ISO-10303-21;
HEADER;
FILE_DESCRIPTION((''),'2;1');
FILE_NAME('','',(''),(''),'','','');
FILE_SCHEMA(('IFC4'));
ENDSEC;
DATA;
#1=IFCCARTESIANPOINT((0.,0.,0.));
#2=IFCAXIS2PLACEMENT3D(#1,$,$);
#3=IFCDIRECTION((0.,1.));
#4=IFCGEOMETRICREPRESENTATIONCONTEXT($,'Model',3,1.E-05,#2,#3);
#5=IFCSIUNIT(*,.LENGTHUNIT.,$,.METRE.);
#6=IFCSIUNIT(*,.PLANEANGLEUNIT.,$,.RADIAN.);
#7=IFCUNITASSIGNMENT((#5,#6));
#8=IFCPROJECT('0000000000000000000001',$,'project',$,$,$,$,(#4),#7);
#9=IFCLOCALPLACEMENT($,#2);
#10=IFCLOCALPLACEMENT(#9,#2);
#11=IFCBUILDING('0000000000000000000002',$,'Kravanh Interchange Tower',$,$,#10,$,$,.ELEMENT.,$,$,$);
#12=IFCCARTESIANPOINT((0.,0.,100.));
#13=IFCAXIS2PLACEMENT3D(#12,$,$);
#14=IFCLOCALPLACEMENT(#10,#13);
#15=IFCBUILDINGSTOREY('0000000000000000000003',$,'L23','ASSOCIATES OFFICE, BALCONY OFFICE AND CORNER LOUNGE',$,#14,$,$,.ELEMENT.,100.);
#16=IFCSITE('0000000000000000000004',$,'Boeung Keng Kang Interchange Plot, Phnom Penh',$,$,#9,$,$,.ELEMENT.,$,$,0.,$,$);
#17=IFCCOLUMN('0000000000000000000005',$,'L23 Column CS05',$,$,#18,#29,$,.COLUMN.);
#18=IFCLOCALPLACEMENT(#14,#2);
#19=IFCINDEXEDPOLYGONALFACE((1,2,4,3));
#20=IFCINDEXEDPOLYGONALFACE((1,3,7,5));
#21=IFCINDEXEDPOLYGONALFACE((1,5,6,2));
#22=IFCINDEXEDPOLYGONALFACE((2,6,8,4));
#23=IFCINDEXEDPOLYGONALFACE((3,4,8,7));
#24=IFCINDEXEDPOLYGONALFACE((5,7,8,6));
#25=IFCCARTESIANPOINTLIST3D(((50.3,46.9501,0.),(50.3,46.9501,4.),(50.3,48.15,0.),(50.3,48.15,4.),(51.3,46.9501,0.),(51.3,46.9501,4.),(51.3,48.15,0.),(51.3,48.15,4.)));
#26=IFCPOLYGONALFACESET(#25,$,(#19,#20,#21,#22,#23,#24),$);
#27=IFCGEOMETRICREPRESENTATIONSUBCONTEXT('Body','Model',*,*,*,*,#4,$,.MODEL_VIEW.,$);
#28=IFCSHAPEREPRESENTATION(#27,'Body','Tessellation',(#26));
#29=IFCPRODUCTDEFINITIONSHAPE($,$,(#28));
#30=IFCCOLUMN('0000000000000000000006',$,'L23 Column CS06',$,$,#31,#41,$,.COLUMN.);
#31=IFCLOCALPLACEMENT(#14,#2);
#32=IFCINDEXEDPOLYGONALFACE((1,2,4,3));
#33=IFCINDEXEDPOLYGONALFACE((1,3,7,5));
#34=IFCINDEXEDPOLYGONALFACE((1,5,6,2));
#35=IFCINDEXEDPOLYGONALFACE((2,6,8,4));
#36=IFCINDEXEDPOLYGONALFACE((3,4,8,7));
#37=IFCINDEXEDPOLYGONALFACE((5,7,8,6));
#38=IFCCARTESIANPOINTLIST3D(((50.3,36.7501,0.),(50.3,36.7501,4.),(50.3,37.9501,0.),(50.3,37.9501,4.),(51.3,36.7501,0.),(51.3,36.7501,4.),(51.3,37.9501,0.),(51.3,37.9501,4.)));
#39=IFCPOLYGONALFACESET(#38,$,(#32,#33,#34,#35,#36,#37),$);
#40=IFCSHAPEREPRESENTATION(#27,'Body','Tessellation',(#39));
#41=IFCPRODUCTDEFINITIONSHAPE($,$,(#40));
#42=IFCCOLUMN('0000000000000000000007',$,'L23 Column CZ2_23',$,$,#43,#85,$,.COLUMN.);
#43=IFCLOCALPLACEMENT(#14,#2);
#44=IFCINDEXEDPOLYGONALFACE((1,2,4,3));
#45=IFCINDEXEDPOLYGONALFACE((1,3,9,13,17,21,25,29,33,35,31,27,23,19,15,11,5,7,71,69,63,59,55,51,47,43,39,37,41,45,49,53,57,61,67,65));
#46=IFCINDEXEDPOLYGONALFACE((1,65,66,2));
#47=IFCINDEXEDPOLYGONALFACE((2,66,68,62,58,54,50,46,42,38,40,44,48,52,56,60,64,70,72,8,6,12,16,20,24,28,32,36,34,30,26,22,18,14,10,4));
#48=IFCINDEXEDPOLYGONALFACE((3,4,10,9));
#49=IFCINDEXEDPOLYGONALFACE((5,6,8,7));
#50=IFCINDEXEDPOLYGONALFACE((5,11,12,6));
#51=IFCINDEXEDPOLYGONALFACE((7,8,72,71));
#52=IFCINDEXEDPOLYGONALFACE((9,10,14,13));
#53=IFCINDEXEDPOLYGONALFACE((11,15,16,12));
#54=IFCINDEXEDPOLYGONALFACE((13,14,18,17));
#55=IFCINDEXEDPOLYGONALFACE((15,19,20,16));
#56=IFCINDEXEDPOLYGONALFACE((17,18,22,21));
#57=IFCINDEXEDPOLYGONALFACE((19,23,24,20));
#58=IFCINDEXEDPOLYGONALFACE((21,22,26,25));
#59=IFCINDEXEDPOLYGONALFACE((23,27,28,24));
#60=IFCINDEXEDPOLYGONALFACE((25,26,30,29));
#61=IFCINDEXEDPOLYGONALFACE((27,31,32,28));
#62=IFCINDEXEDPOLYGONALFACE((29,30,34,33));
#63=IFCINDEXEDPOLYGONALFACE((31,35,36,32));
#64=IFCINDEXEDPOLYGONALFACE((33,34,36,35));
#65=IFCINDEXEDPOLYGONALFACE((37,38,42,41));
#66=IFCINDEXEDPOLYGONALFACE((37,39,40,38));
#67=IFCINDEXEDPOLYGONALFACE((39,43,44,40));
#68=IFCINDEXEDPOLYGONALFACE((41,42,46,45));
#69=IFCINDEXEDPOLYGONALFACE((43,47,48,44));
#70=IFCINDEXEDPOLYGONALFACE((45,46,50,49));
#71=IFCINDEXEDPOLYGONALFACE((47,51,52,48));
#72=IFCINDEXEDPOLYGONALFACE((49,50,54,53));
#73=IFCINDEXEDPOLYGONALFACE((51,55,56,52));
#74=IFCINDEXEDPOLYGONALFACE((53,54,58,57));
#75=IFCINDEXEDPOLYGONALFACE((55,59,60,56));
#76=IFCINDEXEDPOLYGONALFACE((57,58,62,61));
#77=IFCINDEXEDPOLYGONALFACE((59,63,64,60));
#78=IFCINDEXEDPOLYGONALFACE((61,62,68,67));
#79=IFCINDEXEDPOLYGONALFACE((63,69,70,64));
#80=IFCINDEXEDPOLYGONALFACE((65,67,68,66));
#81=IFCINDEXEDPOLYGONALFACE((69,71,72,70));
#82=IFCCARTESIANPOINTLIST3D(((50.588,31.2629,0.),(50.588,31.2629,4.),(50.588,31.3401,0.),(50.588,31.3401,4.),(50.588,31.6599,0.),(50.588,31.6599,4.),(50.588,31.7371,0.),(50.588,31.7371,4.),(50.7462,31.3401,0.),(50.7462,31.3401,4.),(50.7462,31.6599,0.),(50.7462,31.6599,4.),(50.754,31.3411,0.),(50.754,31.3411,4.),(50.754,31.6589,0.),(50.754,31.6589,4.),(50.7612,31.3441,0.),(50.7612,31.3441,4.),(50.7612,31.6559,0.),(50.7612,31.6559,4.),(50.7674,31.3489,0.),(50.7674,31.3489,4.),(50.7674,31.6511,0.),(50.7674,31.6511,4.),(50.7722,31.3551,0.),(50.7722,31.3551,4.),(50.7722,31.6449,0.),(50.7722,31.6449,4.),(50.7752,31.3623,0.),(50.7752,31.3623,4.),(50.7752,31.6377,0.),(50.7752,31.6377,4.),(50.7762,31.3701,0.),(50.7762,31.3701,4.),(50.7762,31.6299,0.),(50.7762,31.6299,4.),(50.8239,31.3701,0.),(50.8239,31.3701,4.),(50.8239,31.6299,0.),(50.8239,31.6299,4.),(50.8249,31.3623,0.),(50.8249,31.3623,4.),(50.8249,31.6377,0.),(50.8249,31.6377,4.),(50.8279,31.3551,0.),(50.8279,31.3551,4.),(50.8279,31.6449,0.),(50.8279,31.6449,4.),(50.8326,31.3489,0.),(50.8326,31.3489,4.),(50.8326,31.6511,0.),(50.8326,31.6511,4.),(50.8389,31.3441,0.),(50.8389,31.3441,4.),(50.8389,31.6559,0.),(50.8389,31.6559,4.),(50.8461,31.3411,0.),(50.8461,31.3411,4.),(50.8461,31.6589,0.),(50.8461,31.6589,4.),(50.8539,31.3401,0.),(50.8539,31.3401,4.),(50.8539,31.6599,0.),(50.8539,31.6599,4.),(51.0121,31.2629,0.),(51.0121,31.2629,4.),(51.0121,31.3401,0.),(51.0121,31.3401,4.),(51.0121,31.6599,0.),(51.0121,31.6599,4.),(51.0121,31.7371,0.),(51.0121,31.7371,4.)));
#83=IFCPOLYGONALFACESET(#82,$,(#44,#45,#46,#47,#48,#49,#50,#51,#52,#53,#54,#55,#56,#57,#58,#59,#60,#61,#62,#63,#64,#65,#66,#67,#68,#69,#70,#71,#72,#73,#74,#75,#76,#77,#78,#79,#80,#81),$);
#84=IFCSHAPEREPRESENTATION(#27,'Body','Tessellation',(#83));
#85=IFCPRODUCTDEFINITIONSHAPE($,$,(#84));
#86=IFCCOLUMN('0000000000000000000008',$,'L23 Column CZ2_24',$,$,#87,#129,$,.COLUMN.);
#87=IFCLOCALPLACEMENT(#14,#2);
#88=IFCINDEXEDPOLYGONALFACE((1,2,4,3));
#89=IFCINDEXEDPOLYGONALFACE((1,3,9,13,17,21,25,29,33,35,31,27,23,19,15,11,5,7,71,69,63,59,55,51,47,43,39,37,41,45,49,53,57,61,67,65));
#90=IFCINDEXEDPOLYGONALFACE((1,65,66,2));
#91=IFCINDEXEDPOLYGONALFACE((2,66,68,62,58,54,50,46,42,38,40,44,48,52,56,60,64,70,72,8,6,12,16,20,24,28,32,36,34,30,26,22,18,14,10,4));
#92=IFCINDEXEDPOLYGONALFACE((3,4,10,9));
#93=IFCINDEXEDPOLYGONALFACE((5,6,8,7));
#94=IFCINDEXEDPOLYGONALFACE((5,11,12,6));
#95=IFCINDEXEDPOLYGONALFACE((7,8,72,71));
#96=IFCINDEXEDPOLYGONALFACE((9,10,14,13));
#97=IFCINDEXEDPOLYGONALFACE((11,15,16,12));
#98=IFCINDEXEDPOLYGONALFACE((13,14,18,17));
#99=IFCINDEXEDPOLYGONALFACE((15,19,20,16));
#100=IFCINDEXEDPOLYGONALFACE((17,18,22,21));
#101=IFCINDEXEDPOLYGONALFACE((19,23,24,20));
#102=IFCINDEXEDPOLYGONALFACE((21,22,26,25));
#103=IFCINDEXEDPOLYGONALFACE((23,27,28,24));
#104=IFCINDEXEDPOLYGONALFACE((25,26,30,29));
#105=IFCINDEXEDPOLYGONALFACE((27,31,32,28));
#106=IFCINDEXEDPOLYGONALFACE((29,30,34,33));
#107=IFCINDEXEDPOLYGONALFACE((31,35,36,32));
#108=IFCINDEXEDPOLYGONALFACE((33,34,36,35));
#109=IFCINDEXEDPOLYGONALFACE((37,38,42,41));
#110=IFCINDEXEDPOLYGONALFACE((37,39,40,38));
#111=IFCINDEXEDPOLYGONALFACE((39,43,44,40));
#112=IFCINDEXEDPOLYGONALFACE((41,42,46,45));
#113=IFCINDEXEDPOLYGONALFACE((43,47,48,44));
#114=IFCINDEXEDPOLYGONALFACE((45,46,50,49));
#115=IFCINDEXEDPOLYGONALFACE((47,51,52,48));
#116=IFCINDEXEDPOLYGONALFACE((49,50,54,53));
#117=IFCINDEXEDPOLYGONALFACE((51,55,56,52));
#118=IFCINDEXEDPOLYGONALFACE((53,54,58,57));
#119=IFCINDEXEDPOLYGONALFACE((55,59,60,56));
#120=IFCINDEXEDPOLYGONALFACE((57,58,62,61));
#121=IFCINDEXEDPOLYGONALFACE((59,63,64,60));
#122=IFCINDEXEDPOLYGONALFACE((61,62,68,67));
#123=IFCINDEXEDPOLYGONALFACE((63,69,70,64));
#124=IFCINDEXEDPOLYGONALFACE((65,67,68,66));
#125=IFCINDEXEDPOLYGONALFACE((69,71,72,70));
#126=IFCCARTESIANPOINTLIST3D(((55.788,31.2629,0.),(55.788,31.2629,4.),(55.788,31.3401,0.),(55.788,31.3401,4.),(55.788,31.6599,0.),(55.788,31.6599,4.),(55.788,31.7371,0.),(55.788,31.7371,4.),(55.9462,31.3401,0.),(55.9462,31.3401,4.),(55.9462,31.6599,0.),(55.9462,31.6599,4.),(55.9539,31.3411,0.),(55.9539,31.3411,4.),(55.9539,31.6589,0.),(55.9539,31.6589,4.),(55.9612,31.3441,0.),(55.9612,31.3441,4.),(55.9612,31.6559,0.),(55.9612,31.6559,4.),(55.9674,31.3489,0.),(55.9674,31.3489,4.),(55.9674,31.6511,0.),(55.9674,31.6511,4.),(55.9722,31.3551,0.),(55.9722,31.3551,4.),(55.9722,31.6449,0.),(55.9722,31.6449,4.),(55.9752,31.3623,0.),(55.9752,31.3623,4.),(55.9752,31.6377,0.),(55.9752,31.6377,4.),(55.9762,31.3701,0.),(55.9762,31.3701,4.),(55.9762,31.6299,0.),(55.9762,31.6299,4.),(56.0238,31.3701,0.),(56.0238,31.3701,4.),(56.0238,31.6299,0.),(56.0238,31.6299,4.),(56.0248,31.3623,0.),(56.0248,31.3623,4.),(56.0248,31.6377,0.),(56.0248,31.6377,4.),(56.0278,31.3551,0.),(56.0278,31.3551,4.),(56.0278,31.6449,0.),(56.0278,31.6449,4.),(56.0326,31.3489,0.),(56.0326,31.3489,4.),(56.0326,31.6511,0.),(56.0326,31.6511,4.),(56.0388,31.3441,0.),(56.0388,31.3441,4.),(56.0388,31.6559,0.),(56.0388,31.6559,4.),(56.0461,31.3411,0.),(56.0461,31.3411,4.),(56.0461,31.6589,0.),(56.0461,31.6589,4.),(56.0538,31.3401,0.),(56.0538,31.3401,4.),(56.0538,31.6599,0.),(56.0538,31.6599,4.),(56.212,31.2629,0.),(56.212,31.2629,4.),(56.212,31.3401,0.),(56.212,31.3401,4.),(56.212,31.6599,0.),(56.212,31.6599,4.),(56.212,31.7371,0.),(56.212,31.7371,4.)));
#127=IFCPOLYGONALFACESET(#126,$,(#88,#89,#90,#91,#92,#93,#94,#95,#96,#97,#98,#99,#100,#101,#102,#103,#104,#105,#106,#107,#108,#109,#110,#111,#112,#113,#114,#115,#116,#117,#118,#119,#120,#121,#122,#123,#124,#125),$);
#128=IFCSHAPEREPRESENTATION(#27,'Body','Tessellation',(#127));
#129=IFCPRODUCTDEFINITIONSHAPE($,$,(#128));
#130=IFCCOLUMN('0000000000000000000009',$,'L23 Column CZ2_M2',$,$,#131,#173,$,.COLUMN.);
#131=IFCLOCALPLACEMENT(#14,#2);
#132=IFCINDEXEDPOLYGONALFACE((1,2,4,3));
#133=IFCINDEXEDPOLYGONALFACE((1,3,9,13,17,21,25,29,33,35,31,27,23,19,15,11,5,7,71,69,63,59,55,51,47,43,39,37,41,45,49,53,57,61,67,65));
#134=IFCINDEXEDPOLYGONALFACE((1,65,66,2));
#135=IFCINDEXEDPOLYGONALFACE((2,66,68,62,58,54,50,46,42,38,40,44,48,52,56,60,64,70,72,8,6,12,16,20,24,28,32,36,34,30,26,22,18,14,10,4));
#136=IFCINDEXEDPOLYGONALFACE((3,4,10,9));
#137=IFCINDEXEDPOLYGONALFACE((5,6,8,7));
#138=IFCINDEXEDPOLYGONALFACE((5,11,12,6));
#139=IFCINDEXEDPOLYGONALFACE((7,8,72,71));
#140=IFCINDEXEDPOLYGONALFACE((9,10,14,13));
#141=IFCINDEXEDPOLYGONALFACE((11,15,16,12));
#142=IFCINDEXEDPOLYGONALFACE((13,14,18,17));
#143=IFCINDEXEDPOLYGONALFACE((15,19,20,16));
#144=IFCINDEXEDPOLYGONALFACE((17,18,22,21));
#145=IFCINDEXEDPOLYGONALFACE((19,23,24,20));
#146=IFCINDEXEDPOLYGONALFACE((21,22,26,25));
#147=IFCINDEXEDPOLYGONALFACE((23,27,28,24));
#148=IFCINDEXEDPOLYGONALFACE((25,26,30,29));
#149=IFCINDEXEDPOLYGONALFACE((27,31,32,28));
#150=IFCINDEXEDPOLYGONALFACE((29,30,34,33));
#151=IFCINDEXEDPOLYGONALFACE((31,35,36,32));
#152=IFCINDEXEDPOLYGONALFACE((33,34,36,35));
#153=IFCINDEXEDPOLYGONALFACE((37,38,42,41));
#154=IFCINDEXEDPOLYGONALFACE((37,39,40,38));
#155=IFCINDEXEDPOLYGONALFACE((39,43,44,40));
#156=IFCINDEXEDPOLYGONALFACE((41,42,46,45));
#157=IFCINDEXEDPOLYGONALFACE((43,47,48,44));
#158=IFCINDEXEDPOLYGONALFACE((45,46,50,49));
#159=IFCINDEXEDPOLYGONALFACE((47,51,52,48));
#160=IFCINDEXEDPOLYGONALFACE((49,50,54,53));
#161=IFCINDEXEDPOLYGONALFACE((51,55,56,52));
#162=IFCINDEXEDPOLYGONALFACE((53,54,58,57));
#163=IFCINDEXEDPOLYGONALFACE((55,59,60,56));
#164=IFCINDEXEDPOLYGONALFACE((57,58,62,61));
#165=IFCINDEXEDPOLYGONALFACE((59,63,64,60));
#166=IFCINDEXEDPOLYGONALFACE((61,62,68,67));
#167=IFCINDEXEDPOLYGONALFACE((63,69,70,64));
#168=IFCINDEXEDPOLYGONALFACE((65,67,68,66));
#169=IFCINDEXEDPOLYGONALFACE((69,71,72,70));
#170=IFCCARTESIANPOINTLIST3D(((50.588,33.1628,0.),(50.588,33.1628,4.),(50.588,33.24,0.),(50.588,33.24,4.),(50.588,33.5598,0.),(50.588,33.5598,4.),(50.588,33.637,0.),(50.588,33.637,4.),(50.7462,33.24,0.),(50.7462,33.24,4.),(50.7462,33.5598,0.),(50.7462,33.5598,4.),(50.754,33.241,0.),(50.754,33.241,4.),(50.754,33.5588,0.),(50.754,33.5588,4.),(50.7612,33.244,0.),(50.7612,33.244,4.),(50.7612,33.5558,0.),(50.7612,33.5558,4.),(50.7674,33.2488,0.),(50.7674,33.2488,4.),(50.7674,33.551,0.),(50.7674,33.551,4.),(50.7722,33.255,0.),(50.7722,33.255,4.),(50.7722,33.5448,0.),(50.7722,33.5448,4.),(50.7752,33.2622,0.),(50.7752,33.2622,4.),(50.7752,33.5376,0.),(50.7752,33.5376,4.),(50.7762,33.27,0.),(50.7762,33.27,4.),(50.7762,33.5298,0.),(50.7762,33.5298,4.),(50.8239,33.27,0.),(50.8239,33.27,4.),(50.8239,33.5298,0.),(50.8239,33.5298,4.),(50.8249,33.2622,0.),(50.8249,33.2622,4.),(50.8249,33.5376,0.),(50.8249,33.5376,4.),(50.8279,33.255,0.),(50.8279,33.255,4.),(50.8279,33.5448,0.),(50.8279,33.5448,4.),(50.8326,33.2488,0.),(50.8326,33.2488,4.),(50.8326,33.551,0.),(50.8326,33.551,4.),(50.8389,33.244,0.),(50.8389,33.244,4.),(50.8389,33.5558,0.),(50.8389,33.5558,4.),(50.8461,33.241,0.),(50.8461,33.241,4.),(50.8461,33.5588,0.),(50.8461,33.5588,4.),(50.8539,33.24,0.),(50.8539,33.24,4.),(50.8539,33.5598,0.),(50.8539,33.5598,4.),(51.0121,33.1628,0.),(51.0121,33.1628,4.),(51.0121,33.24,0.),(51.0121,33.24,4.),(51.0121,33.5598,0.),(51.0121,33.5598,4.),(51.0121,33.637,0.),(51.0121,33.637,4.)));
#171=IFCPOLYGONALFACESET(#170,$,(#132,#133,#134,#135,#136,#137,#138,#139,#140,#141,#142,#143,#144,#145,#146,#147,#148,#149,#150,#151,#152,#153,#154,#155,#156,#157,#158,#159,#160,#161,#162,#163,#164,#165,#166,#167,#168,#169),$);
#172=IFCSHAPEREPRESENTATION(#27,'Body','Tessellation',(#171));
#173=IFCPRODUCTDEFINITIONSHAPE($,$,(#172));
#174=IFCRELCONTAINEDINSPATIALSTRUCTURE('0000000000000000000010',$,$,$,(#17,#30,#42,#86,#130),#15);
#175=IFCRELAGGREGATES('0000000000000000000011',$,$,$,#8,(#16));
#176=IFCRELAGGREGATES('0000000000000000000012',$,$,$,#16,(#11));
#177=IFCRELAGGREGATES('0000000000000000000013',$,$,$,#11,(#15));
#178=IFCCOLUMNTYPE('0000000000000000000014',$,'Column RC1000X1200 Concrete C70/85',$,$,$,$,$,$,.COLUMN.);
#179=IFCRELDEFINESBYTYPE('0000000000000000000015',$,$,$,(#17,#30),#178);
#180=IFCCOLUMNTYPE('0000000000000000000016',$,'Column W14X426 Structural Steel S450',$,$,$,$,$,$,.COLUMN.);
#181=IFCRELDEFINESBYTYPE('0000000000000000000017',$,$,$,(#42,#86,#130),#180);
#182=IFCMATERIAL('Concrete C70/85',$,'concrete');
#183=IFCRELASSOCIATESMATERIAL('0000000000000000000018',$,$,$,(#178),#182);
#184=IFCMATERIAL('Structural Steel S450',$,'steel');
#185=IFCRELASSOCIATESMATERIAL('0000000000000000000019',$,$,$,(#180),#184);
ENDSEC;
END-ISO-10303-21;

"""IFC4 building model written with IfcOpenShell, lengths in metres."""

from ifc_helpers import new_model, si_unit, direction, frame, origin, origin_2d, place, context, subcontext, project, spatial, rectangle, i_section, extrude, material, material_profile, profile_set, type_object, element, save


model = new_model("IFC4")

# Units and contexts
model_context = context("Model", 3, precision=1e-05, world=origin(), true_north=direction((0.0, 1.0)))
body_context = subcontext(model_context, "Body", "Model", "MODEL_VIEW")
ifc_project = project(units=[si_unit("LENGTHUNIT", "METRE"), si_unit("PLANEANGLEUNIT", "RADIAN")], contexts=[model_context])

# Site, building, storey
site_placement = place(None, origin())
site = spatial("IfcSite", under=ifc_project, at=site_placement, Name="Boeung Keng Kang Interchange Plot, Phnom Penh", CompositionType="ELEMENT", RefElevation=0.0)
building_placement = place(site_placement, origin())
building = spatial("IfcBuilding", under=site, at=building_placement, Name="Kravanh Interchange Tower", CompositionType="ELEMENT")
storey_placement = place(building_placement, frame((0.0, 0.0, 100.0)))
storey = spatial("IfcBuildingStorey", under=building, at=storey_placement, Name="L23", Description="ASSOCIATES OFFICE, BALCONY OFFICE AND CORNER LOUNGE", CompositionType="ELEMENT", Elevation=100.0)

# Columns
ifc_material_1 = material(Name="Concrete C70/85", Category="concrete")
ifc_material_profile_1 = material_profile(ifc_material_1, rectangle(XDim=1.0, YDim=1.2, at=origin_2d()), Name="RC1000X1200")
ifc_profile_set_1 = profile_set([ifc_material_profile_1], Name="Concrete C70/85")
column_type_1 = type_object("IfcColumnType", Name="Column RC1000X1200 Concrete C70/85", PredefinedType="COLUMN", material=ifc_profile_set_1)
for number, where, z_axis, x_axis, name in (
    (1, (50.8, 47.55, 0.0), (0.0, 0.0, 1.0), (1.0, 0.0, 0.0), "L23 Column CS05"),
    (2, (50.8, 37.3501, 0.0), (0.0, 0.0, 1.0), (1.0, 0.0, 0.0), "L23 Column CS06"),
):
    element("IfcColumn", number, at=place(storey_placement, frame(where, z_axis=z_axis, x_axis=x_axis)), inside=storey, type_object=column_type_1, Name=name, PredefinedType="COLUMN", context=body_context, shape_type="SweptSolid", body=[
        extrude(rectangle(XDim=1.0, YDim=1.2, at=origin_2d()), origin(), (0.0, 0.0, 1.0), 4.0),
    ])
ifc_material_2 = material(Name="Structural Steel S450", Category="steel")
ifc_material_profile_2 = material_profile(ifc_material_2, i_section(OverallWidth=0.4241, OverallDepth=0.4741, WebThickness=0.0476, FlangeThickness=0.0771, FilletRadius=0.03, at=origin_2d()), Name="W14X426")
ifc_profile_set_2 = profile_set([ifc_material_profile_2], Name="Structural Steel S450")
column_type_2 = type_object("IfcColumnType", Name="Column W14X426 Structural Steel S450", PredefinedType="COLUMN", material=ifc_profile_set_2)
for number, where, z_axis, x_axis, name in (
    (3, (50.8, 31.5, 0.0), (0.0, 0.0, 1.0), (1.0, 0.0, 0.0), "L23 Column CZ2_23"),
    (4, (56.0, 31.5, 0.0), (0.0, 0.0, 1.0), (1.0, 0.0, 0.0), "L23 Column CZ2_24"),
    (5, (50.8, 33.3999, 0.0), (0.0, 0.0, 1.0), (1.0, 0.0, 0.0), "L23 Column CZ2_M2"),
):
    element("IfcColumn", number, at=place(storey_placement, frame(where, z_axis=z_axis, x_axis=x_axis)), inside=storey, type_object=column_type_2, Name=name, PredefinedType="COLUMN", context=body_context, shape_type="SweptSolid", body=[
        extrude(i_section(OverallWidth=0.4241, OverallDepth=0.4741, WebThickness=0.0476, FlangeThickness=0.0771, FilletRadius=0.03, at=origin_2d()), origin(), (0.0, 0.0, 1.0), 4.0),
    ])

save(model, "model.ifc")
